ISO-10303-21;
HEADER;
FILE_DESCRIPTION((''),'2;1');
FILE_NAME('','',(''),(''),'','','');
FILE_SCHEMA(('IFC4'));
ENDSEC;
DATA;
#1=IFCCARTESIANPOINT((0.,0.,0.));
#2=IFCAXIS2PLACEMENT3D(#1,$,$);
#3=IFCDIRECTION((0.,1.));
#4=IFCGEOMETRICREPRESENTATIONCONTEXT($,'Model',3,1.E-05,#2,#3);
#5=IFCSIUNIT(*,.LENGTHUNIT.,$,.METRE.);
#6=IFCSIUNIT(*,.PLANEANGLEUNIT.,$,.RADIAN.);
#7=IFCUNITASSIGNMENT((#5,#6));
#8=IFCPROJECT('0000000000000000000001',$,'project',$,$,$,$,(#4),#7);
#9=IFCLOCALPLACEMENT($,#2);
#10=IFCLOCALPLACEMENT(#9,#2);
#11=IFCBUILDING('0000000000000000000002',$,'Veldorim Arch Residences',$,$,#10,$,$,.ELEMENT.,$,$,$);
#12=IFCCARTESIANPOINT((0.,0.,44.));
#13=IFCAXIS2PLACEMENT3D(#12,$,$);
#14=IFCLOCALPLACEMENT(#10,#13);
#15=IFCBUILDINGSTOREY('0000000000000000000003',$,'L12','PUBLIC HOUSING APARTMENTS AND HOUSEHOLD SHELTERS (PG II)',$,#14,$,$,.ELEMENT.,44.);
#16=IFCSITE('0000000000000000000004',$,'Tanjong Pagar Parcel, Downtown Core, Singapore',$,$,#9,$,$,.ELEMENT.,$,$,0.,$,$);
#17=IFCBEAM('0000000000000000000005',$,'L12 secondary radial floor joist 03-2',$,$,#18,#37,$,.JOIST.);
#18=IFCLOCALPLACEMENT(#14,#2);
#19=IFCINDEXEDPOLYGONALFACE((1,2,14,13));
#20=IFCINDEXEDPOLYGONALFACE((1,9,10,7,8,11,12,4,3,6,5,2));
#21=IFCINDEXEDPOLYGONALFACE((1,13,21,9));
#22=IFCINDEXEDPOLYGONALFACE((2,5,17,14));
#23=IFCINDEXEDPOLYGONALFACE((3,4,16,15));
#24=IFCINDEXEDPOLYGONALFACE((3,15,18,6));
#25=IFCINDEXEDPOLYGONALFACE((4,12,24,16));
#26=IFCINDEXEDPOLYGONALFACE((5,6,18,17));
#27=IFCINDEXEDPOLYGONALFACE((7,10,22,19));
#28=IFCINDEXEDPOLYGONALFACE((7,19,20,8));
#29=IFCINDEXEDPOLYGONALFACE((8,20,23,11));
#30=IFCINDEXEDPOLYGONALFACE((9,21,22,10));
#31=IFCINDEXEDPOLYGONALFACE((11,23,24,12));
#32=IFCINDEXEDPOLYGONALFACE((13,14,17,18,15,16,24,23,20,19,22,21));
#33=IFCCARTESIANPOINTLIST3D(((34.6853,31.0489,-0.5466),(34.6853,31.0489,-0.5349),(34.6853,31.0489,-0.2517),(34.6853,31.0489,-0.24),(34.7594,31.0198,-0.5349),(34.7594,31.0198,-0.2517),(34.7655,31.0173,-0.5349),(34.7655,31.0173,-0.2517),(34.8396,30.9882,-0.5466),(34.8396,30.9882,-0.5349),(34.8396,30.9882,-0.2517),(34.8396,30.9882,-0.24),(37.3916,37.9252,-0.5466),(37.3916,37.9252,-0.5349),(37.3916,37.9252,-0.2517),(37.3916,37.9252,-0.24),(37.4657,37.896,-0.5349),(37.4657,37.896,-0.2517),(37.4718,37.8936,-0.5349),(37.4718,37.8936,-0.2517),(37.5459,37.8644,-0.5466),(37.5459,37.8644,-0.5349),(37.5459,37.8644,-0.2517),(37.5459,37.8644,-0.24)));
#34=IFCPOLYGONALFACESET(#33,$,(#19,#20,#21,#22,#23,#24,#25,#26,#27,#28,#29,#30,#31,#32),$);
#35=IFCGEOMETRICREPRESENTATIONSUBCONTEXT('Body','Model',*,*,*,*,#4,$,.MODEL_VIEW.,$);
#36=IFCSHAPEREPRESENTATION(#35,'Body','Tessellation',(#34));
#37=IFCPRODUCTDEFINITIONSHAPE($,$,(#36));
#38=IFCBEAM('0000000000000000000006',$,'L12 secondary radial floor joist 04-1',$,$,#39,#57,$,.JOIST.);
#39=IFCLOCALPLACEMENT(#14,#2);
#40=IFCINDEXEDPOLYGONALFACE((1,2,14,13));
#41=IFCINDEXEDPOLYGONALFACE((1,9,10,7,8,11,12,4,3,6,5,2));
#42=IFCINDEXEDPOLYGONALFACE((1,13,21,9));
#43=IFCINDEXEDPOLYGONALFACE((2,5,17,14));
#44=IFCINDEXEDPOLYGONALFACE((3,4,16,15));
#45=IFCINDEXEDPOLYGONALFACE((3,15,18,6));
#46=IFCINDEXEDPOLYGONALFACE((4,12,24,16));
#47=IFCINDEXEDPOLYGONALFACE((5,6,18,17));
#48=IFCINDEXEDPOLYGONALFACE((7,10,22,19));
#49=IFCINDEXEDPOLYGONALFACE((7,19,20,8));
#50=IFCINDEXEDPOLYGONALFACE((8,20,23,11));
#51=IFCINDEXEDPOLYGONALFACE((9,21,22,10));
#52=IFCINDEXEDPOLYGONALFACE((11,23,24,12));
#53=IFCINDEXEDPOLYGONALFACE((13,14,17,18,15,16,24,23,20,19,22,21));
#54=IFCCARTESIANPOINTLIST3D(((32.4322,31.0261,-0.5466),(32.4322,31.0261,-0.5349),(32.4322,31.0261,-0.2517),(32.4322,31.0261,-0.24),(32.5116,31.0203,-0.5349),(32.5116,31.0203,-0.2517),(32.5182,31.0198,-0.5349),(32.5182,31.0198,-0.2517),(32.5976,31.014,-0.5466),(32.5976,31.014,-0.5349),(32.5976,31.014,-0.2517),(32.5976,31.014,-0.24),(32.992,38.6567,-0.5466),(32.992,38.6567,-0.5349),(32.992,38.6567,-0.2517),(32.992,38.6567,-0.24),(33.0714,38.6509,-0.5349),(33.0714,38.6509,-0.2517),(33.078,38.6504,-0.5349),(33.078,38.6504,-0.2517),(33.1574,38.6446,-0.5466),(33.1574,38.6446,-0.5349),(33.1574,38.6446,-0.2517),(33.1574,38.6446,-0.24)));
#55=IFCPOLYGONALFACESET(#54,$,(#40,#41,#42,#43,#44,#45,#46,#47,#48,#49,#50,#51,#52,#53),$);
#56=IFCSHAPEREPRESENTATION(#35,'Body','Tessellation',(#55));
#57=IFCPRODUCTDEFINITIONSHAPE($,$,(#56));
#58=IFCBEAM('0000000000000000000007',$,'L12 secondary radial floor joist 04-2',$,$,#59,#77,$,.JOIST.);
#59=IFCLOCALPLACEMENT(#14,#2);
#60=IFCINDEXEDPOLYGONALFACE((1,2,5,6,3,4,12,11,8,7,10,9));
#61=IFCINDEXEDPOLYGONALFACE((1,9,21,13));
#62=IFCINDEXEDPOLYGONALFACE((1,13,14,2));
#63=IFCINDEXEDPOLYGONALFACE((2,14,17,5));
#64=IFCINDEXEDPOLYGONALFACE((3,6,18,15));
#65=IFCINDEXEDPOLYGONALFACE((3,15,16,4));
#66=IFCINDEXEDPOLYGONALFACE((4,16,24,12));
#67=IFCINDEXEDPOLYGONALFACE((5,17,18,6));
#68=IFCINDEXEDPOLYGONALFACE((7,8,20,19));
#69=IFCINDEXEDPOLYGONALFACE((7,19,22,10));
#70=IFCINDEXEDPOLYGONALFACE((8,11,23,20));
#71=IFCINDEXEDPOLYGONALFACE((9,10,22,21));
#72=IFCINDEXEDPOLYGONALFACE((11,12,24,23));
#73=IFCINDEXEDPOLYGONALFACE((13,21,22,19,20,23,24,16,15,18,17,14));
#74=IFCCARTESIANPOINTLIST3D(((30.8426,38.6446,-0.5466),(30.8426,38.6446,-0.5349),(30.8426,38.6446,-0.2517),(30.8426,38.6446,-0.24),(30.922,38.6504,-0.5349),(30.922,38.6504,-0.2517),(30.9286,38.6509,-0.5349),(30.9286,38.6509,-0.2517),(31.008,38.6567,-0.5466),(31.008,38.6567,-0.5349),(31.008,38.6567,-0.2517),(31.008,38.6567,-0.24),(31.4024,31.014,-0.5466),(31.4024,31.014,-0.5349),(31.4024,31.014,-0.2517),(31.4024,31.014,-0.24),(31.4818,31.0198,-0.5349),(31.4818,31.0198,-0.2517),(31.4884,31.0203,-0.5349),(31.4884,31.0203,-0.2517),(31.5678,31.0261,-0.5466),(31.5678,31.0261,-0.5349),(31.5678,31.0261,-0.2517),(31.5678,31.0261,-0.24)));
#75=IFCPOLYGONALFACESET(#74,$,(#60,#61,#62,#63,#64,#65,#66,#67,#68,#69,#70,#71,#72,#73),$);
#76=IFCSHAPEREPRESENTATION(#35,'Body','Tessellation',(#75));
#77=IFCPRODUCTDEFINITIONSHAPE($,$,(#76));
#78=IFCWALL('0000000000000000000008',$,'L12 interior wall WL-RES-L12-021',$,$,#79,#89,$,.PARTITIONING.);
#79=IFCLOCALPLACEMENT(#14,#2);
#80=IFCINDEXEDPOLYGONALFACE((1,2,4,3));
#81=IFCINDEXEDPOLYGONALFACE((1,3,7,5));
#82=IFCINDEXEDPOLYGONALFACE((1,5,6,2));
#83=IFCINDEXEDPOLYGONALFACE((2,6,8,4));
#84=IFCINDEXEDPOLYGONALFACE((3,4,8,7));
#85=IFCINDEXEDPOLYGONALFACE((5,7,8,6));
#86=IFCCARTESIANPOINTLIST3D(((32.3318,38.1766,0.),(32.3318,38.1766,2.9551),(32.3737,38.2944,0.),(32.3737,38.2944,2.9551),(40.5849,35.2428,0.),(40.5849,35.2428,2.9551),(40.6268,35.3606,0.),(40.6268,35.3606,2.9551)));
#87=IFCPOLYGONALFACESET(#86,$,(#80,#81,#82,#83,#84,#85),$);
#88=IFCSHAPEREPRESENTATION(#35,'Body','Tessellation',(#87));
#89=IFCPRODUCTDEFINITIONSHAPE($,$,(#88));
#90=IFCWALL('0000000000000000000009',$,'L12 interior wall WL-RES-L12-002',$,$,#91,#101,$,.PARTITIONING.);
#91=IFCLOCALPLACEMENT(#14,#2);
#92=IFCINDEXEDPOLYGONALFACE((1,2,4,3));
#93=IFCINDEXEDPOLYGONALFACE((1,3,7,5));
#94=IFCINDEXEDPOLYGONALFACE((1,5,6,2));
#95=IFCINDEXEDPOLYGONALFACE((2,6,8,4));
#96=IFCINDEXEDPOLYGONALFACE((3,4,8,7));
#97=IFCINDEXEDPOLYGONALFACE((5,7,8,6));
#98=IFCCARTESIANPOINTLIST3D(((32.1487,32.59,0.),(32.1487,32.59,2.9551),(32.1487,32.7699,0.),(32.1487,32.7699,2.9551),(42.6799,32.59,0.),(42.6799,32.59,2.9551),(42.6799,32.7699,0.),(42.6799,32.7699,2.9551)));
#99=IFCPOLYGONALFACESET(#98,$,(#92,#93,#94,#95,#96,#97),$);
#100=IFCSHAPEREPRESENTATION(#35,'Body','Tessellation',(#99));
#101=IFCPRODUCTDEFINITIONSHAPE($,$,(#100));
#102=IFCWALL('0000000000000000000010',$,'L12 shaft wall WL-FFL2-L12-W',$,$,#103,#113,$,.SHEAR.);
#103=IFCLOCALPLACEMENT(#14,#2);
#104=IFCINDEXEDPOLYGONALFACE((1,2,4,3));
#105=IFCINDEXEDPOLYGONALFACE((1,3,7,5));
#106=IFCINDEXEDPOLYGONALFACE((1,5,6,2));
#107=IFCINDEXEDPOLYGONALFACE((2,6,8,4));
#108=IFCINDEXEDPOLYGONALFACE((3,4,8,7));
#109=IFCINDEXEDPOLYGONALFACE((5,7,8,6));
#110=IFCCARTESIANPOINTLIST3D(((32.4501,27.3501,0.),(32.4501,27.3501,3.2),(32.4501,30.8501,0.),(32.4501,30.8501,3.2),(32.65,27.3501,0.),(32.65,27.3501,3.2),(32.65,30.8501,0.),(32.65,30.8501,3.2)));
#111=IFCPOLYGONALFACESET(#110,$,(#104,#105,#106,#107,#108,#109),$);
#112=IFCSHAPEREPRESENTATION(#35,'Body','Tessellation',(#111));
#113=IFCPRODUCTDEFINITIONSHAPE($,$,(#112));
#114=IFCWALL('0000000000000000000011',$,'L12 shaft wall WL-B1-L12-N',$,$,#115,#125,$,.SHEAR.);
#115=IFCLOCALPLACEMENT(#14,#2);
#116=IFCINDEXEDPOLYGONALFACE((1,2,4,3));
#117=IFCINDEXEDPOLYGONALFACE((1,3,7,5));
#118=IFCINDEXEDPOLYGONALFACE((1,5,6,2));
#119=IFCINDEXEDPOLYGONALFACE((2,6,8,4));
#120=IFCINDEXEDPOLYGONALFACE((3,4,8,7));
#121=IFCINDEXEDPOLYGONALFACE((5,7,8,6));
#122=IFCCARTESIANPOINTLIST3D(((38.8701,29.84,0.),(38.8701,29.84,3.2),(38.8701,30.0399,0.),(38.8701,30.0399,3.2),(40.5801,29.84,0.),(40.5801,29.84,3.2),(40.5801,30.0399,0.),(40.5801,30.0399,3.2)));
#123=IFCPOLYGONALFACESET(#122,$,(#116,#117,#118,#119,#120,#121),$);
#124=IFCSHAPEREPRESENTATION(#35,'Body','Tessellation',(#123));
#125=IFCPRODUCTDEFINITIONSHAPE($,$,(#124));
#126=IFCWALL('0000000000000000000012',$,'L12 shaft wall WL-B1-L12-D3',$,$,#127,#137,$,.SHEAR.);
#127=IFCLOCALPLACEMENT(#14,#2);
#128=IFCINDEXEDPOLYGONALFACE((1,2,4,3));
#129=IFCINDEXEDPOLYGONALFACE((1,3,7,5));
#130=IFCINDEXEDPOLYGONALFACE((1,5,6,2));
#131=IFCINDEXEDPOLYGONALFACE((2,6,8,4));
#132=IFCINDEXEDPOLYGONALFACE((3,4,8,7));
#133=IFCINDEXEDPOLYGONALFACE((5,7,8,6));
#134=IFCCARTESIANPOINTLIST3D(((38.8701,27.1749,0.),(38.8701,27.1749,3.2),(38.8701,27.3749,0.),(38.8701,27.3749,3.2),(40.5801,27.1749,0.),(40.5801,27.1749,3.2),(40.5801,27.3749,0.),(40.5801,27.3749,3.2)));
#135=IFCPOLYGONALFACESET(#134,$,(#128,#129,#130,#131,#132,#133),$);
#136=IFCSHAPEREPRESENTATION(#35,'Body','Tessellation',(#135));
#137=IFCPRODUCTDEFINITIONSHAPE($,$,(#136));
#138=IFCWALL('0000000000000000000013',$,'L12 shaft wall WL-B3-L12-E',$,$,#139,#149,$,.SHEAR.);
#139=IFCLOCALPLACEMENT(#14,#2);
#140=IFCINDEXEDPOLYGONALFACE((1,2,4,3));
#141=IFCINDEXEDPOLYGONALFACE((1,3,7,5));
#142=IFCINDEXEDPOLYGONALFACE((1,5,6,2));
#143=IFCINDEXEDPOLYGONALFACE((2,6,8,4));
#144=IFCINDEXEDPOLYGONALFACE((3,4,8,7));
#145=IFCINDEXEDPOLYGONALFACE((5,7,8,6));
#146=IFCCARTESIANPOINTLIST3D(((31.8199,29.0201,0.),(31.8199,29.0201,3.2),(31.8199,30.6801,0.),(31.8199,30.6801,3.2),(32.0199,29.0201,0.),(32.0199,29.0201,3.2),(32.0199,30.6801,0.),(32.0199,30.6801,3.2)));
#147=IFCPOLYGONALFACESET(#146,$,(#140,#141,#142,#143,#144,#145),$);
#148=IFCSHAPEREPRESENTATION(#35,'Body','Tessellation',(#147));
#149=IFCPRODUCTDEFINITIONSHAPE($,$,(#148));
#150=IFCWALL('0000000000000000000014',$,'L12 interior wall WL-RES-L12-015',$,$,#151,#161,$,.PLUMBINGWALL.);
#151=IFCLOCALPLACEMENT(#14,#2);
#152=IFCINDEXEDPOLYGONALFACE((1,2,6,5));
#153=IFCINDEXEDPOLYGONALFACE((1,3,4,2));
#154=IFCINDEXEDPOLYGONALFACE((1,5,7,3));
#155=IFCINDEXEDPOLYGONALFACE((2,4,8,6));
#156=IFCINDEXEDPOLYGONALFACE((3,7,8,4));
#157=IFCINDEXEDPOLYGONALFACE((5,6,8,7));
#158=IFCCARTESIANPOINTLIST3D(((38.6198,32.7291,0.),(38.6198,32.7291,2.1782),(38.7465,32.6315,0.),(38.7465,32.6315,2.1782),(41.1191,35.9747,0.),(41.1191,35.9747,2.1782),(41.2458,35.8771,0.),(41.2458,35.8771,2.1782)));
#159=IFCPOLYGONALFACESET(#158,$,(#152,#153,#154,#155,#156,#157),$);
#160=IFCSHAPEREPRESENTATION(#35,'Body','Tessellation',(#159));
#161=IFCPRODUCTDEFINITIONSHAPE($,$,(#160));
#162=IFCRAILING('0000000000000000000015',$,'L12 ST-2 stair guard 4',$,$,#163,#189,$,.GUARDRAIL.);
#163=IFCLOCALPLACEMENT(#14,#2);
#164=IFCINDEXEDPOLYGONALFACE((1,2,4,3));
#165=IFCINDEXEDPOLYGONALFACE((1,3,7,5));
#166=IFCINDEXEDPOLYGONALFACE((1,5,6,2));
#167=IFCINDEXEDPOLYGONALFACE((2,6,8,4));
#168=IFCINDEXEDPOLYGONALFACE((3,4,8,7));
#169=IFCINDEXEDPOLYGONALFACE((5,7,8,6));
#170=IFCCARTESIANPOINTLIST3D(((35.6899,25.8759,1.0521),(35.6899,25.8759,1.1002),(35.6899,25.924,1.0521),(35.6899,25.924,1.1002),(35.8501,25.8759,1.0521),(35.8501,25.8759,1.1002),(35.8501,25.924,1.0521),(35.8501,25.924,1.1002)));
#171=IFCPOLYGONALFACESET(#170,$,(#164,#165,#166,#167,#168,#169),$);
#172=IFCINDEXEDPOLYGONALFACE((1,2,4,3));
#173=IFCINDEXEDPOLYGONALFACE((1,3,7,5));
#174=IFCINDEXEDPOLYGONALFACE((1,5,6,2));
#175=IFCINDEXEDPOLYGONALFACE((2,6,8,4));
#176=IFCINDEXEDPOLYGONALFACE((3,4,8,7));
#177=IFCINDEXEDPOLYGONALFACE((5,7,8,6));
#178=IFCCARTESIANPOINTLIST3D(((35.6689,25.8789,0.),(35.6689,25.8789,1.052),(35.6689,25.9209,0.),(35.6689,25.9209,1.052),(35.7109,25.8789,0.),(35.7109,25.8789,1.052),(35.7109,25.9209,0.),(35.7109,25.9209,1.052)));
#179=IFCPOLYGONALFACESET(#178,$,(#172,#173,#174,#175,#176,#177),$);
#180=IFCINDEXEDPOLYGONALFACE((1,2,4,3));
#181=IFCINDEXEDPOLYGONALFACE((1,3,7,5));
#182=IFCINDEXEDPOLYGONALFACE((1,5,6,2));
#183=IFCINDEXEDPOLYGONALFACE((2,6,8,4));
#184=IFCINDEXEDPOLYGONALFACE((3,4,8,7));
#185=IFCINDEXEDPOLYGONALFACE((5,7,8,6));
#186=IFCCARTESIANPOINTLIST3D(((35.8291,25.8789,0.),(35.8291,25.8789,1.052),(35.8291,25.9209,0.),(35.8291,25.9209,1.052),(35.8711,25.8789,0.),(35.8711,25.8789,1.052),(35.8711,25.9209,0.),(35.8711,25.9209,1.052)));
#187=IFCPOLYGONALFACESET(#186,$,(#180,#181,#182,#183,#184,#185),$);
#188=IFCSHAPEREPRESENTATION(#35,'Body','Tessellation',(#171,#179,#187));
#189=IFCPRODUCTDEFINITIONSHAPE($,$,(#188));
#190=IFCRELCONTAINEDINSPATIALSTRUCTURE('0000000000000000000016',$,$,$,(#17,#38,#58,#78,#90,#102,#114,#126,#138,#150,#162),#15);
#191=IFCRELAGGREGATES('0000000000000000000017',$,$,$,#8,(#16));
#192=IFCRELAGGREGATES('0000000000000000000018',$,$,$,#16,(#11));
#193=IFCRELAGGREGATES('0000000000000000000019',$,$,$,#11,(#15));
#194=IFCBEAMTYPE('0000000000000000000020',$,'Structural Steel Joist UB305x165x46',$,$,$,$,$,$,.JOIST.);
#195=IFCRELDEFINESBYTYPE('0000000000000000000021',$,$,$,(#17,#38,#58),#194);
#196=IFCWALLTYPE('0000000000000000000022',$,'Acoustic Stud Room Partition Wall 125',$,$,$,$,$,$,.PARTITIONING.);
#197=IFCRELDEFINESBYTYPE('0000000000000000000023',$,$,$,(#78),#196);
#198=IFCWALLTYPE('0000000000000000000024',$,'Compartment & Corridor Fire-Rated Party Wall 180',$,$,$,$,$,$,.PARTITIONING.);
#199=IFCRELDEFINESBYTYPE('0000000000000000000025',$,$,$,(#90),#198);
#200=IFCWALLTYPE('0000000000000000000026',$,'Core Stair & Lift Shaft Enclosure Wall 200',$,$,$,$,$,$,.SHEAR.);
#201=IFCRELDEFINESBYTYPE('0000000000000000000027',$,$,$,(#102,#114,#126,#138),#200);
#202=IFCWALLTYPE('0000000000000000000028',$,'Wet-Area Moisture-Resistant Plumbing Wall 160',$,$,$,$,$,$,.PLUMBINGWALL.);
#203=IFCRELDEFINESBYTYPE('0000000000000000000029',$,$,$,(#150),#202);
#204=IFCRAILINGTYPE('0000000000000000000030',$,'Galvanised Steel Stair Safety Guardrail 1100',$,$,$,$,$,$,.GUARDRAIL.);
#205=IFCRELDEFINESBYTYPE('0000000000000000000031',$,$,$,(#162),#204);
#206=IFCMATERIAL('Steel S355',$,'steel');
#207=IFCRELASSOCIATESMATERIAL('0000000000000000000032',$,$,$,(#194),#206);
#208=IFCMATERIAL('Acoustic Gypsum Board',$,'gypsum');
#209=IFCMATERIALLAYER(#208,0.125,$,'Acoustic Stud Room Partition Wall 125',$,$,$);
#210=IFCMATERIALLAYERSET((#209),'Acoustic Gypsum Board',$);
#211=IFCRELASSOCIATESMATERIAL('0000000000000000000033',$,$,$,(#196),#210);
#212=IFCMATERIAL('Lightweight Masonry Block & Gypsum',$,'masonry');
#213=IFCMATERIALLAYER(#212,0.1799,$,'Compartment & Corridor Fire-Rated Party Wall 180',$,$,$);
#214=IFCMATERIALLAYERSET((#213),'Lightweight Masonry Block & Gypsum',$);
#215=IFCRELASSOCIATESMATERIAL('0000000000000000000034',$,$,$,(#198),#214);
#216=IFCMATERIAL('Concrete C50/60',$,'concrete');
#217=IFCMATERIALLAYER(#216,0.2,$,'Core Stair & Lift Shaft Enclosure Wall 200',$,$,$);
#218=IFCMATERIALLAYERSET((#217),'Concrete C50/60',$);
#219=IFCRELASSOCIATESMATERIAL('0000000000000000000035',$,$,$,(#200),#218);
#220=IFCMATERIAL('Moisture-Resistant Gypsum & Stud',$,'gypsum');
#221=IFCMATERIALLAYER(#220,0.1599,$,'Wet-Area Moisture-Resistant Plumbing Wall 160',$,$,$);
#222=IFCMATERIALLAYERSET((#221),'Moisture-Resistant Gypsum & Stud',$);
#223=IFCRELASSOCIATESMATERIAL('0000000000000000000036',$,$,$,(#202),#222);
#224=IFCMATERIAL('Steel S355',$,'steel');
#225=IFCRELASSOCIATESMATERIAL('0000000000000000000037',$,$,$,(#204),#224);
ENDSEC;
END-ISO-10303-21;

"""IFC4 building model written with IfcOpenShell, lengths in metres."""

from ifc_helpers import new_model, si_unit, direction, frame, frame_2d, origin, origin_2d, place, context, subcontext, project, spatial, rectangle, i_section, extrude, material, layer, layer_set, material_profile, profile_set, type_object, element, save


model = new_model("IFC4")

# Units and contexts
model_context = context("Model", 3, precision=1e-05, world=origin(), true_north=direction((0.0, 1.0)))
body_context = subcontext(model_context, "Body", "Model", "MODEL_VIEW")
ifc_project = project(units=[si_unit("LENGTHUNIT", "METRE"), si_unit("PLANEANGLEUNIT", "RADIAN")], contexts=[model_context])

# Site, building, storey
site_placement = place(None, origin())
site = spatial("IfcSite", under=ifc_project, at=site_placement, Name="Tanjong Pagar Parcel, Downtown Core, Singapore", CompositionType="ELEMENT", RefElevation=0.0)
building_placement = place(site_placement, origin())
building = spatial("IfcBuilding", under=site, at=building_placement, Name="Veldorim Arch Residences", CompositionType="ELEMENT")
storey_placement = place(building_placement, frame((0.0, 0.0, 44.0)))
storey = spatial("IfcBuildingStorey", under=building, at=storey_placement, Name="L12", Description="PUBLIC HOUSING APARTMENTS AND HOUSEHOLD SHELTERS (PG II)", CompositionType="ELEMENT", Elevation=44.0)

# Beams
ifc_material_1 = material(Name="Steel S355", Category="steel")
ifc_material_profile_1 = material_profile(ifc_material_1, i_section(OverallWidth=0.1658, OverallDepth=0.3066, WebThickness=0.0066, FlangeThickness=0.0117, at=origin_2d()), Name="UB305x165x46")
ifc_profile_set_1 = profile_set([ifc_material_profile_1], Name="Steel S355")
beam_type_1 = type_object("IfcBeamType", Name="Structural Steel Joist UB305x165x46", PredefinedType="JOIST", material=ifc_profile_set_1)
beam_1_placement = place(storey_placement, frame((34.7625, 31.0186, -0.3933), z_axis=(0.36623, 0.930524, 0.0), x_axis=(-0.930524, 0.36623, 0.0)))
element("IfcBeam", 1, at=beam_1_placement, inside=storey, type_object=beam_type_1, Name="L12 secondary radial floor joist 03-2", PredefinedType="JOIST", context=body_context, shape_type="SweptSolid", body=[
    extrude(i_section(OverallWidth=0.1658, OverallDepth=0.3066, WebThickness=0.0066, FlangeThickness=0.0117, at=origin_2d()), origin(), (0.0, 0.0, 1.0), 7.3896),
])
for number, where, z_axis, x_axis, name in (
    (2, (32.5149, 31.02, -0.3933), (0.073168, 0.99732, 0.0), (-0.99732, 0.073168, 0.0), "L12 secondary radial floor joist 04-1"),
    (3, (31.4851, 31.02, -0.3933), (-0.073168, 0.99732, 0.0), (-0.99732, -0.073168, 0.0), "L12 secondary radial floor joist 04-2"),
):
    element("IfcBeam", number, at=place(storey_placement, frame(where, z_axis=z_axis, x_axis=x_axis)), inside=storey, type_object=beam_type_1, Name=name, PredefinedType="JOIST", context=body_context, shape_type="SweptSolid", body=[
        extrude(i_section(OverallWidth=0.1658, OverallDepth=0.3066, WebThickness=0.0066, FlangeThickness=0.0117, at=origin_2d()), origin(), (0.0, 0.0, 1.0), 7.6511),
    ])

# Walls
ifc_material_2 = material(Name="Acoustic Gypsum Board", Category="gypsum")
ifc_layer_1 = layer(ifc_material_2, 0.125, Name="Acoustic Stud Room Partition Wall 125")
ifc_layer_set_1 = layer_set([ifc_layer_1], Name="Acoustic Gypsum Board")
wall_type_1 = type_object("IfcWallType", Name="Acoustic Stud Room Partition Wall 125", PredefinedType="PARTITIONING", material=ifc_layer_set_1)
wall_1_placement = place(storey_placement, frame((40.6057, 35.3018, 0.0), z_axis=(0.0, 0.0, 1.0), x_axis=(-0.942237, 0.334946, 0.0)))
element("IfcWall", 4, at=wall_1_placement, inside=storey, type_object=wall_type_1, Name="L12 interior wall WL-RES-L12-021", PredefinedType="PARTITIONING", context=body_context, shape_type="SweptSolid", body=[
    extrude(rectangle(XDim=8.759, YDim=0.125, at=frame_2d((4.3794, 0.0))), origin(), (0.0, 0.0, 1.0), 2.9551),
])
ifc_material_3 = material(Name="Lightweight Masonry Block & Gypsum", Category="masonry")
ifc_layer_2 = layer(ifc_material_3, 0.1799, Name="Compartment & Corridor Fire-Rated Party Wall 180")
ifc_layer_set_2 = layer_set([ifc_layer_2], Name="Lightweight Masonry Block & Gypsum")
wall_type_2 = type_object("IfcWallType", Name="Compartment & Corridor Fire-Rated Party Wall 180", PredefinedType="PARTITIONING", material=ifc_layer_set_2)
wall_2_placement = place(storey_placement, frame((32.1487, 32.6799, 0.0), z_axis=(0.0, 0.0, 1.0), x_axis=(1.0, 0.0, 0.0)))
element("IfcWall", 5, at=wall_2_placement, inside=storey, type_object=wall_type_2, Name="L12 interior wall WL-RES-L12-002", PredefinedType="PARTITIONING", context=body_context, shape_type="SweptSolid", body=[
    extrude(rectangle(XDim=10.5312, YDim=0.1799, at=frame_2d((5.2656, 0.0))), origin(), (0.0, 0.0, 1.0), 2.9551),
])

# Shared definitions
ifc_material_4 = material(Name="Concrete C50/60", Category="concrete")
ifc_layer_3 = layer(ifc_material_4, 0.2, Name="Core Stair & Lift Shaft Enclosure Wall 200")
ifc_layer_set_3 = layer_set([ifc_layer_3], Name="Concrete C50/60")
wall_type_3 = type_object("IfcWallType", Name="Core Stair & Lift Shaft Enclosure Wall 200", PredefinedType="SHEAR", material=ifc_layer_set_3)

# Wall
wall_3_placement = place(storey_placement, frame((32.55, 27.3501, 0.0), z_axis=(0.0, 0.0, 1.0), x_axis=(0.0, 1.0, 0.0)))
element("IfcWall", 6, at=wall_3_placement, inside=storey, type_object=wall_type_3, Name="L12 shaft wall WL-FFL2-L12-W", PredefinedType="SHEAR", context=body_context, shape_type="SweptSolid", body=[
    extrude(rectangle(XDim=3.5, YDim=0.2, at=frame_2d((1.75, 0.0))), origin(), (0.0, 0.0, 1.0), 3.2),
])

# Walls
for number, where, z_axis, x_axis, name in (
    (7, (38.8701, 29.9399, 0.0), (0.0, 0.0, 1.0), (1.0, 0.0, 0.0), "L12 shaft wall WL-B1-L12-N"),
    (8, (38.8701, 27.2749, 0.0), (0.0, 0.0, 1.0), (1.0, 0.0, 0.0), "L12 shaft wall WL-B1-L12-D3"),
):
    element("IfcWall", number, at=place(storey_placement, frame(where, z_axis=z_axis, x_axis=x_axis)), inside=storey, type_object=wall_type_3, Name=name, PredefinedType="SHEAR", context=body_context, shape_type="SweptSolid", body=[
        extrude(rectangle(XDim=1.71, YDim=0.2, at=frame_2d((0.855, 0.0))), origin(), (0.0, 0.0, 1.0), 3.2),
    ])
wall_4_placement = place(storey_placement, frame((31.9199, 29.02, 0.0), z_axis=(0.0, 0.0, 1.0), x_axis=(0.0, 1.0, 0.0)))
element("IfcWall", 9, at=wall_4_placement, inside=storey, type_object=wall_type_3, Name="L12 shaft wall WL-B3-L12-E", PredefinedType="SHEAR", context=body_context, shape_type="SweptSolid", body=[
    extrude(rectangle(XDim=1.6599, YDim=0.2, at=frame_2d((0.8301, 0.0))), origin(), (0.0, 0.0, 1.0), 3.2),
])
ifc_material_5 = material(Name="Moisture-Resistant Gypsum & Stud", Category="gypsum")
ifc_layer_4 = layer(ifc_material_5, 0.1599, Name="Wet-Area Moisture-Resistant Plumbing Wall 160")
ifc_layer_set_4 = layer_set([ifc_layer_4], Name="Moisture-Resistant Gypsum & Stud")
wall_type_4 = type_object("IfcWallType", Name="Wet-Area Moisture-Resistant Plumbing Wall 160", PredefinedType="PLUMBINGWALL", material=ifc_layer_set_4)
wall_5_placement = place(storey_placement, frame((38.6831, 32.6802, 0.0), z_axis=(0.0, 0.0, 1.0), x_axis=(0.610117, 0.792311, 0.0)))
element("IfcWall", 10, at=wall_5_placement, inside=storey, type_object=wall_type_4, Name="L12 interior wall WL-RES-L12-015", PredefinedType="PLUMBINGWALL", context=body_context, shape_type="SweptSolid", body=[
    extrude(rectangle(XDim=4.0964, YDim=0.1599, at=frame_2d((2.0483, 0.0))), origin(), (0.0, 0.0, 1.0), 2.1782),
])

# Railing
ifc_material_6 = material(Name="Steel S355", Category="steel")
railing_type = type_object("IfcRailingType", Name="Galvanised Steel Stair Safety Guardrail 1100", PredefinedType="GUARDRAIL", material=ifc_material_6)
railing_placement = place(storey_placement, frame((35.6899, 25.8999, 0.0)))
element("IfcRailing", 11, at=railing_placement, inside=storey, type_object=railing_type, Name="L12 ST-2 stair guard 4", PredefinedType="GUARDRAIL", context=body_context, shape_type="SweptSolid", body=[
    extrude(rectangle(XDim=0.0481, YDim=0.0481, at=origin_2d()), frame((0.0, 0.0, 1.0762), z_axis=(1.0, 0.0, 0.0), x_axis=(0.0, 1.0, 0.0)), (0.0, 0.0, 1.0), 0.1602),
    extrude(rectangle(XDim=0.042, YDim=0.042, at=origin_2d()), origin(), (0.0, 0.0, 1.0), 1.052),
    extrude(rectangle(XDim=0.042, YDim=0.042, at=origin_2d()), frame((0.1602, 0.0, 0.0)), (0.0, 0.0, 1.0), 1.052),
])

save(model, "model.ifc")
